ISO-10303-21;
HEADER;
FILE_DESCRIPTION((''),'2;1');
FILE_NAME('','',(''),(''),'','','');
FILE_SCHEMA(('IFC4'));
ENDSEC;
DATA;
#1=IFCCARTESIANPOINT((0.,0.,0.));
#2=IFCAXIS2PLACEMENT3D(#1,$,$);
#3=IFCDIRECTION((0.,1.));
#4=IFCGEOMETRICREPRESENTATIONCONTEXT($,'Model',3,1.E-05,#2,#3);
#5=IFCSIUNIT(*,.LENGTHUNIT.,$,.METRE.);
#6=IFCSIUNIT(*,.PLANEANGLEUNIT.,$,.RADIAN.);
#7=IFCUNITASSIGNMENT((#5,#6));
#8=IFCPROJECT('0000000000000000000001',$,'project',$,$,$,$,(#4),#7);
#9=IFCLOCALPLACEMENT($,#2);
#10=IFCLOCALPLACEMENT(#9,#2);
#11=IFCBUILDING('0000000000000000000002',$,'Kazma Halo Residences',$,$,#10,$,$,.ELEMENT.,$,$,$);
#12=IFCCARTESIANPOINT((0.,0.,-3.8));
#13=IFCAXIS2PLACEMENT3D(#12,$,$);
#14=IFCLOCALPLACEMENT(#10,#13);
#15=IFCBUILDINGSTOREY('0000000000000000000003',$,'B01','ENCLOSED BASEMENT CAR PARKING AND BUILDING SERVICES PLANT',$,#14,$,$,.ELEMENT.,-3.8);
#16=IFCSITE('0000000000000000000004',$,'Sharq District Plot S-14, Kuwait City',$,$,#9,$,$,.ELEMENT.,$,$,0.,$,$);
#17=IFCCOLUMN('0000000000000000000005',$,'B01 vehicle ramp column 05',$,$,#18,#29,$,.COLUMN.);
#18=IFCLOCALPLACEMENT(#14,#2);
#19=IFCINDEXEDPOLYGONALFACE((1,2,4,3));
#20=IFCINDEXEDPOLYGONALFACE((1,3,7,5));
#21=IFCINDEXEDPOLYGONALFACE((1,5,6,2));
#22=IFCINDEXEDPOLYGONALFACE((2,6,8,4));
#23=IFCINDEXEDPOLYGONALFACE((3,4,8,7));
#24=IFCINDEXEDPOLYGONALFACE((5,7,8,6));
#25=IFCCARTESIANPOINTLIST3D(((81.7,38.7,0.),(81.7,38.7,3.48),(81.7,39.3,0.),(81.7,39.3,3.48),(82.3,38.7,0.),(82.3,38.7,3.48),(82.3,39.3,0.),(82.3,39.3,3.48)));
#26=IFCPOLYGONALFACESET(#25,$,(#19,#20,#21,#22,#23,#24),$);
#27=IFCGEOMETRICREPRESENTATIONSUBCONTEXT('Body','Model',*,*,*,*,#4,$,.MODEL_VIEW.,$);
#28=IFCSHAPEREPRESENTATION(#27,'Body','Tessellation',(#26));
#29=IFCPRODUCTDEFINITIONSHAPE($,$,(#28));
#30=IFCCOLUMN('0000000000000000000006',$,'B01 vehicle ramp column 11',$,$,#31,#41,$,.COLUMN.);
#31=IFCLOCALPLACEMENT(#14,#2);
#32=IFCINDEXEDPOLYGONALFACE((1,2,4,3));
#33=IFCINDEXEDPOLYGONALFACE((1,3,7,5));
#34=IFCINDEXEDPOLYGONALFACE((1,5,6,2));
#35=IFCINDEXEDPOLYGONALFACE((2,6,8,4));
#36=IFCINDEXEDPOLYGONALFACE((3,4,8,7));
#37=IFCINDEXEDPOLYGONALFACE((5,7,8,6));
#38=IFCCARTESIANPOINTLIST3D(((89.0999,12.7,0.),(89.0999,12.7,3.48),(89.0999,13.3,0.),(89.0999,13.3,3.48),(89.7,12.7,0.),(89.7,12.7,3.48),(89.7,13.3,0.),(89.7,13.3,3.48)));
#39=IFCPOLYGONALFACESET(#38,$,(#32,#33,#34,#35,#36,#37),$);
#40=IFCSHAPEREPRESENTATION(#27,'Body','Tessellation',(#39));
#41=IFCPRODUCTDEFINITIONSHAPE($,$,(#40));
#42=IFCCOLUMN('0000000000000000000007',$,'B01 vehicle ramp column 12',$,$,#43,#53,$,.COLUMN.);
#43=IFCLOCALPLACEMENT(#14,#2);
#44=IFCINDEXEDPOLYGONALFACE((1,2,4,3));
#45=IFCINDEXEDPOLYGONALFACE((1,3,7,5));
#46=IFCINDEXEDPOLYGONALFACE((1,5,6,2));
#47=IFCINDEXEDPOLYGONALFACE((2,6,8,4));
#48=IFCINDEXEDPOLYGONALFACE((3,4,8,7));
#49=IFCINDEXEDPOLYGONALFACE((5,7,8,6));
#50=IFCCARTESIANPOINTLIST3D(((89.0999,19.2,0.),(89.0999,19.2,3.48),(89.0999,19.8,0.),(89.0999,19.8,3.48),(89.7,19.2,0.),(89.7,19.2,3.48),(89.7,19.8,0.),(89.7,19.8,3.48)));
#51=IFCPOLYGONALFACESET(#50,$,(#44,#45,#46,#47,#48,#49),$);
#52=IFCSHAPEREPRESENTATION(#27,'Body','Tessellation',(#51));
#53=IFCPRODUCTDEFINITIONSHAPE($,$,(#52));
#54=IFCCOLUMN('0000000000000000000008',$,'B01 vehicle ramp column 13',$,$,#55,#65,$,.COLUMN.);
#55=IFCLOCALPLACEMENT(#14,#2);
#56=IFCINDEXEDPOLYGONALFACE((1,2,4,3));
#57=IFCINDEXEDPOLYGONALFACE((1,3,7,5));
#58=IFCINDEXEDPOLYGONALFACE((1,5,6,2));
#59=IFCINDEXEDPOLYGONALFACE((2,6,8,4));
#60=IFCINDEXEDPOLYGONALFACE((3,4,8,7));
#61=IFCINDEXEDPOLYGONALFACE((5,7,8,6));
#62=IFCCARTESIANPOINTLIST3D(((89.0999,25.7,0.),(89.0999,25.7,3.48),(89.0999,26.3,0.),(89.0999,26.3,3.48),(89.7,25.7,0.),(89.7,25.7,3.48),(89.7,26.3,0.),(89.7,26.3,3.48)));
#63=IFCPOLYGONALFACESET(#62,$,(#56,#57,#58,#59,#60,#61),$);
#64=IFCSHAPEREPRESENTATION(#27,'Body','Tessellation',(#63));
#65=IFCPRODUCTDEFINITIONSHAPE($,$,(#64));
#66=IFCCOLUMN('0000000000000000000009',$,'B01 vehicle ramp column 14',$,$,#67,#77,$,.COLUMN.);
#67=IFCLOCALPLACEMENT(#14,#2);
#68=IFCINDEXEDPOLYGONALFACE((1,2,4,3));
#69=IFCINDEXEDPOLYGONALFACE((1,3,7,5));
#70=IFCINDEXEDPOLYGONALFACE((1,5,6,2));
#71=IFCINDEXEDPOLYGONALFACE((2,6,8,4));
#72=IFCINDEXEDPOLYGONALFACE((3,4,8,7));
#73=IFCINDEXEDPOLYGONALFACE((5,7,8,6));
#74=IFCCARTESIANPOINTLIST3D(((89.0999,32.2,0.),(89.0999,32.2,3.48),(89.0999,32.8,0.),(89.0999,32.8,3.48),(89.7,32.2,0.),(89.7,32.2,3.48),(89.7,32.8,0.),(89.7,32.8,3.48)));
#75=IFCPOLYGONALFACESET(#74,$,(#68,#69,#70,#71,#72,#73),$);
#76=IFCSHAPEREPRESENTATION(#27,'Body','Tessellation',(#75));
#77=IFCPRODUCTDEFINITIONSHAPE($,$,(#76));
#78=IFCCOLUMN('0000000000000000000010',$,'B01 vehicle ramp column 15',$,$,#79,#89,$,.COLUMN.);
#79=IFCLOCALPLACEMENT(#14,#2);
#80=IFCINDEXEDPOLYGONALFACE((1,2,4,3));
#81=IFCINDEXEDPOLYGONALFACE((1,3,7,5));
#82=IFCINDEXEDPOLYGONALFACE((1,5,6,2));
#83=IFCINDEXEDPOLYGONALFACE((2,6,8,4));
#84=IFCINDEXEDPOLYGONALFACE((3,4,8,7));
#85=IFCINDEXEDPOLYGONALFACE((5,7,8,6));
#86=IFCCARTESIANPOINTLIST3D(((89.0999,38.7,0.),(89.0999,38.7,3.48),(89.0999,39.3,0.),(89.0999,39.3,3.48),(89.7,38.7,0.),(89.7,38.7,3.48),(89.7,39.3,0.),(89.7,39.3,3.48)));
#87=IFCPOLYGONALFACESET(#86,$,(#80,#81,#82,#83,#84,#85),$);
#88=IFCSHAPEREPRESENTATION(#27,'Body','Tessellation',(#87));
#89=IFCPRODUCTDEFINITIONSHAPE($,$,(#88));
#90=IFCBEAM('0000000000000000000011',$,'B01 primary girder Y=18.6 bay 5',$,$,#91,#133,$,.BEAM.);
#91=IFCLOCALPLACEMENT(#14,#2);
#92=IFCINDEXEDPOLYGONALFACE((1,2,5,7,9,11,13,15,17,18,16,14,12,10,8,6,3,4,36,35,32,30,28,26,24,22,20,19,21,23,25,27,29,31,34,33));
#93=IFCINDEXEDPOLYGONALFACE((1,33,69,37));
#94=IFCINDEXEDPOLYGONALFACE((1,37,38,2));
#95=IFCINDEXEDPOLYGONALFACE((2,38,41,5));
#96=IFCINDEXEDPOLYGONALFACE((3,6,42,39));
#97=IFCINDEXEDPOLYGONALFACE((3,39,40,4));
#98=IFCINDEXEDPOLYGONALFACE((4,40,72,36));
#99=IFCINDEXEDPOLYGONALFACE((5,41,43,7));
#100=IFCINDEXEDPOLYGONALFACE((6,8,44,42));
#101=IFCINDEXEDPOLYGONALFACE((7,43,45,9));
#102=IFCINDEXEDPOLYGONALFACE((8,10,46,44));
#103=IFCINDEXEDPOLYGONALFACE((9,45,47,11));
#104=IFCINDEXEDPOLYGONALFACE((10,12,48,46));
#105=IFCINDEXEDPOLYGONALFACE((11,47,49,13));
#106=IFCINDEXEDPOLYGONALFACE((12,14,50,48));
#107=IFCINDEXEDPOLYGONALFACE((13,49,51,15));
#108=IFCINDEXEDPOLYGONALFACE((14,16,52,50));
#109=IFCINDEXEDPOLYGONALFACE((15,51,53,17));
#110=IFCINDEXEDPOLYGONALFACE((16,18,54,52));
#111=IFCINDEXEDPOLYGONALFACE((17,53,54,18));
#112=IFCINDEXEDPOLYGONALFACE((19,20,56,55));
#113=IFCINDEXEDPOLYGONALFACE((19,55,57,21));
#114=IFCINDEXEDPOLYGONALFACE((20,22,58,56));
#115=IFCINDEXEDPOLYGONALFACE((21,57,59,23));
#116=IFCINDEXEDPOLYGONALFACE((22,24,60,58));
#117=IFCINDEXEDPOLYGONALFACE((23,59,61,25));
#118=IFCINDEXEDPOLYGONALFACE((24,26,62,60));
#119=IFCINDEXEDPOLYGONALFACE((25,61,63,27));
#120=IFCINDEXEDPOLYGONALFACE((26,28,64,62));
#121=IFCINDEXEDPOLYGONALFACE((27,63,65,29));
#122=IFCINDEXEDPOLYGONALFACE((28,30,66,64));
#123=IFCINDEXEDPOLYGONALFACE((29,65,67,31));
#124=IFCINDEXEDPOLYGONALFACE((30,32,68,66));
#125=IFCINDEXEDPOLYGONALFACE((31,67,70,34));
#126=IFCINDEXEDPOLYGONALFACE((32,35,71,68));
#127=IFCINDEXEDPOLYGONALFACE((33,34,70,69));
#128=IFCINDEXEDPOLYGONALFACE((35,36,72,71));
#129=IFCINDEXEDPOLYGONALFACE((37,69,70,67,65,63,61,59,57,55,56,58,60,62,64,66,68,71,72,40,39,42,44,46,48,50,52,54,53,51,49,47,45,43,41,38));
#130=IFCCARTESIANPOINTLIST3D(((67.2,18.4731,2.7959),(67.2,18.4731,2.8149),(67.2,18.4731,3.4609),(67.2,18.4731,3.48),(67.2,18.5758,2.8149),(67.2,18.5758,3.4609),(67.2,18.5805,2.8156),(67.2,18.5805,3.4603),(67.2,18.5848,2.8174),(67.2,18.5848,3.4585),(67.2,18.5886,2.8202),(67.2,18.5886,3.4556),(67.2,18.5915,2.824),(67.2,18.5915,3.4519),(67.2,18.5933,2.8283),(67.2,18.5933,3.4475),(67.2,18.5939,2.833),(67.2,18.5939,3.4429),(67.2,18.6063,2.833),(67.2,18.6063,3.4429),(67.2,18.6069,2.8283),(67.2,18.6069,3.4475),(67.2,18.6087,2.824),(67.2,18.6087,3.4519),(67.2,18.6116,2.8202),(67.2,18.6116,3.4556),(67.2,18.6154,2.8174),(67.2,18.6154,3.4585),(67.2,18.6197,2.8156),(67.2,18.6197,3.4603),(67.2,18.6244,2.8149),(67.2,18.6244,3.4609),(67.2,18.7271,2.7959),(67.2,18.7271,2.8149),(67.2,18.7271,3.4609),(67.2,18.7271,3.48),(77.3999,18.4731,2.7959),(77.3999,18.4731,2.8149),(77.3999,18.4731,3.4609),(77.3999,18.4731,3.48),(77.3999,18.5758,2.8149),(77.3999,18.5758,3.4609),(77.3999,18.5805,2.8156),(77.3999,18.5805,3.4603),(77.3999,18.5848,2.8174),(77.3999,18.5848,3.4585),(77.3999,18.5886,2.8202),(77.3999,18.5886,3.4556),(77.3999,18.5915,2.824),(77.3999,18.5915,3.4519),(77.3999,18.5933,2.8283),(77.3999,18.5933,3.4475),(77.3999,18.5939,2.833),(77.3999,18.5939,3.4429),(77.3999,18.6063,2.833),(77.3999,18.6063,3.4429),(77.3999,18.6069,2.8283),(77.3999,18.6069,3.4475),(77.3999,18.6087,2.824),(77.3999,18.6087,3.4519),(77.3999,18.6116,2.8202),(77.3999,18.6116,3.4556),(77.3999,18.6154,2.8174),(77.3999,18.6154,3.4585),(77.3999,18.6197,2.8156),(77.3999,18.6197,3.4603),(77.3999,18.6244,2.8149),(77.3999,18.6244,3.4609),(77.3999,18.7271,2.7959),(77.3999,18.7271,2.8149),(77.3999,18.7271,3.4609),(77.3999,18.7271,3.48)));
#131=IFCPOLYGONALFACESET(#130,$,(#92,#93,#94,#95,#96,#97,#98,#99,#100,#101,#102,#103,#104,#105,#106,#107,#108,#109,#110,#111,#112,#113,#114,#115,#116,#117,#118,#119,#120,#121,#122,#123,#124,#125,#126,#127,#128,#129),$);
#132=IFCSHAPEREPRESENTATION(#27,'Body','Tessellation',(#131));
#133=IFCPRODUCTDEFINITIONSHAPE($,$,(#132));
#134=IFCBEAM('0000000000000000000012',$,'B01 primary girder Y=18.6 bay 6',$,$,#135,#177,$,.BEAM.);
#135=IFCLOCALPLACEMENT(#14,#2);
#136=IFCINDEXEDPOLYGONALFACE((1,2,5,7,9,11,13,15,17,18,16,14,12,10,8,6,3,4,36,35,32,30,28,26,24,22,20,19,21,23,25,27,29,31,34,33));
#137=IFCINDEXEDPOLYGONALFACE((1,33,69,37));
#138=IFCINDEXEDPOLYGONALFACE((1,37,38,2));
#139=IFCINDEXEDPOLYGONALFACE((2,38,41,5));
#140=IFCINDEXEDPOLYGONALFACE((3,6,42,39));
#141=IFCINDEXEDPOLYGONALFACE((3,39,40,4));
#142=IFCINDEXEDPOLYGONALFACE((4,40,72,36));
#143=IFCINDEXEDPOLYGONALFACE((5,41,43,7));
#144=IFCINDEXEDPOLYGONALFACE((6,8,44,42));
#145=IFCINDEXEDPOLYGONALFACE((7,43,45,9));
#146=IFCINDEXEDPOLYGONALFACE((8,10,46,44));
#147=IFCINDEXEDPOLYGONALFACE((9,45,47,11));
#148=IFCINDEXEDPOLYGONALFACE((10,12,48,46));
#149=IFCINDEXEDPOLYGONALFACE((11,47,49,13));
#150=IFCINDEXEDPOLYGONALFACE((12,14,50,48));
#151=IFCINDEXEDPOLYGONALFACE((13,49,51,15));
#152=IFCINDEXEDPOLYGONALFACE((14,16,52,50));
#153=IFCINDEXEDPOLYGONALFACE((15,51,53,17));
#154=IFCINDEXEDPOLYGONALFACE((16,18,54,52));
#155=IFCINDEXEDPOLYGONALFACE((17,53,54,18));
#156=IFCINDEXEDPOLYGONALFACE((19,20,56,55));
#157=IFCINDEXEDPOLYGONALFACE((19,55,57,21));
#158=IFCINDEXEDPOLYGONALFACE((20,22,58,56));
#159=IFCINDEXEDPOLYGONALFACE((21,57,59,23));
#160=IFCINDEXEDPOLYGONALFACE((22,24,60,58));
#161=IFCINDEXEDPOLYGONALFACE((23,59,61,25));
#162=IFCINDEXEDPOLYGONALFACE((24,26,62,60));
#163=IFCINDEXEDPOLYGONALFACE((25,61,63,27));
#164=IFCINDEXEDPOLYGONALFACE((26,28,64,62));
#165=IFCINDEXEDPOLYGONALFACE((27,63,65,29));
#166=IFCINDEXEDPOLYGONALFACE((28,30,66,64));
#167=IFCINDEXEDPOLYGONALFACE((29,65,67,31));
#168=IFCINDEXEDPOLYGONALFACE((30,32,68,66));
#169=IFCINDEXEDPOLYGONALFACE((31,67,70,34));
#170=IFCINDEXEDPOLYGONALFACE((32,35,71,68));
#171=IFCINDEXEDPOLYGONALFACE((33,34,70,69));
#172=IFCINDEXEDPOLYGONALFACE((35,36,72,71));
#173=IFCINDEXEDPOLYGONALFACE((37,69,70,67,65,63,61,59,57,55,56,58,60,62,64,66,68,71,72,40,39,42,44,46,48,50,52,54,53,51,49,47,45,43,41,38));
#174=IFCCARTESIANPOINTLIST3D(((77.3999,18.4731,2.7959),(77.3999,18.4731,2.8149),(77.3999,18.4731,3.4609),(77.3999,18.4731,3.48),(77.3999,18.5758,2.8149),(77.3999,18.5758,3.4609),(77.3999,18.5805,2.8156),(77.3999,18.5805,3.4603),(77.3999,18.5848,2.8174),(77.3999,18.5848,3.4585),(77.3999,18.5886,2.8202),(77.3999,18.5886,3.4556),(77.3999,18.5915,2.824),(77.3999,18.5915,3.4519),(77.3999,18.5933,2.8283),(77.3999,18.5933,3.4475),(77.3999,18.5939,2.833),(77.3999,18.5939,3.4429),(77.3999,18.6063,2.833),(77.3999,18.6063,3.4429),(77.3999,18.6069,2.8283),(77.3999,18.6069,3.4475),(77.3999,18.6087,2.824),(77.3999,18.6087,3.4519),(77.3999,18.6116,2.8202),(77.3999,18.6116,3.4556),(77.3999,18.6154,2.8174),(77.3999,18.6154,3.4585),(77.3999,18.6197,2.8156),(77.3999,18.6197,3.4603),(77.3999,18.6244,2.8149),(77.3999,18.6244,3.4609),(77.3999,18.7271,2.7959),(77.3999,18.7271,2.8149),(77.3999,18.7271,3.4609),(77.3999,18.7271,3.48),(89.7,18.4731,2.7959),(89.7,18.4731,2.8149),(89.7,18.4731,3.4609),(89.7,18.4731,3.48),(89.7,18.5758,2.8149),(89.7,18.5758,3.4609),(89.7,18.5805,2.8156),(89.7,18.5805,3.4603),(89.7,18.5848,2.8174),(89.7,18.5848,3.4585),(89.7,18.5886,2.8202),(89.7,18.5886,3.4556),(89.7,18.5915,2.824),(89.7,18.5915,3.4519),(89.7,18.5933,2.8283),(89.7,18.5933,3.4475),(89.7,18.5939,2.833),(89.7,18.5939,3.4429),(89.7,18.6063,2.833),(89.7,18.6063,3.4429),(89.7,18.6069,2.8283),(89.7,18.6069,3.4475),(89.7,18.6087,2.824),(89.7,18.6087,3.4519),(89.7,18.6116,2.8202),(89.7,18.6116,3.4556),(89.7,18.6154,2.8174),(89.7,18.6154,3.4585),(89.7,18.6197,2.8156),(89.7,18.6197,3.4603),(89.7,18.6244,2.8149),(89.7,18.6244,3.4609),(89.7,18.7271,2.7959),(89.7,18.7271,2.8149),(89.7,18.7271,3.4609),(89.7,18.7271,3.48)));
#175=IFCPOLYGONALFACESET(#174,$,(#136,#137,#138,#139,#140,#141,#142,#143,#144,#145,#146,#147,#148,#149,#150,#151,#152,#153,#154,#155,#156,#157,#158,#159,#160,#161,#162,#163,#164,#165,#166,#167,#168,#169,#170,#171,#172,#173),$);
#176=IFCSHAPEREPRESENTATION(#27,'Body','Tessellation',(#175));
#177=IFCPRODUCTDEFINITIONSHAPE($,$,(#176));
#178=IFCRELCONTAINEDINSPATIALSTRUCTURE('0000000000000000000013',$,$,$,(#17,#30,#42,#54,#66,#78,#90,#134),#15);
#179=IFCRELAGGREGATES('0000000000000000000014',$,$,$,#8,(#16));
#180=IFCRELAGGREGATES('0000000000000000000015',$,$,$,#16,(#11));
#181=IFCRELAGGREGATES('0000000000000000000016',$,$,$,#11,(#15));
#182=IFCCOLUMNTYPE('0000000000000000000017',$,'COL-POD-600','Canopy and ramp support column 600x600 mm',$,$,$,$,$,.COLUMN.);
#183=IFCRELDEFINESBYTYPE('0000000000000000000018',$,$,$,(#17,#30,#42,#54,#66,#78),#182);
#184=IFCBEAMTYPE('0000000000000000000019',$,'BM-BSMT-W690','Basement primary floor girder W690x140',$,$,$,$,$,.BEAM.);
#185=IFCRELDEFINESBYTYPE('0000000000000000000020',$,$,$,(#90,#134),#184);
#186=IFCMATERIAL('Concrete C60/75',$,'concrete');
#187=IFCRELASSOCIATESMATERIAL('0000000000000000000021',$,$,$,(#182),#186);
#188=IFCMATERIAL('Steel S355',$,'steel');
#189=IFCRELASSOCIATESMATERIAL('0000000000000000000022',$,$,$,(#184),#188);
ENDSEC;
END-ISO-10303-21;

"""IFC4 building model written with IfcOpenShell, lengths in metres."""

from ifc_helpers import new_model, si_unit, direction, frame, origin, origin_2d, place, context, subcontext, project, spatial, rectangle, i_section, extrude, material, material_profile, profile_set, type_object, element, save


model = new_model("IFC4")

# Units and contexts
model_context = context("Model", 3, precision=1e-05, world=origin(), true_north=direction((0.0, 1.0)))
body_context = subcontext(model_context, "Body", "Model", "MODEL_VIEW")
ifc_project = project(units=[si_unit("LENGTHUNIT", "METRE"), si_unit("PLANEANGLEUNIT", "RADIAN")], contexts=[model_context])

# Site, building, storey
site_placement = place(None, origin())
site = spatial("IfcSite", under=ifc_project, at=site_placement, Name="Sharq District Plot S-14, Kuwait City", CompositionType="ELEMENT", RefElevation=0.0)
building_placement = place(site_placement, origin())
building = spatial("IfcBuilding", under=site, at=building_placement, Name="Kazma Halo Residences", CompositionType="ELEMENT")
storey_placement = place(building_placement, frame((0.0, 0.0, -3.8)))
storey = spatial("IfcBuildingStorey", under=building, at=storey_placement, Name="B01", Description="ENCLOSED BASEMENT CAR PARKING AND BUILDING SERVICES PLANT", CompositionType="ELEMENT", Elevation=-3.8)

# Columns
ifc_material_1 = material(Name="Concrete C60/75", Category="concrete")
ifc_material_profile_1 = material_profile(ifc_material_1, rectangle(XDim=0.6001, YDim=0.6001, at=origin_2d()), Name="RECT600x600")
ifc_profile_set_1 = profile_set([ifc_material_profile_1], Name="Concrete C60/75")
column_type_1 = type_object("IfcColumnType", Name="COL-POD-600", Description="Canopy and ramp support column 600x600 mm", PredefinedType="COLUMN", material=ifc_profile_set_1)
for number, where, z_axis, x_axis, name in (
    (1, (82.0, 39.0, 0.0), (0.0, 0.0, 1.0), (1.0, 0.0, 0.0), "B01 vehicle ramp column 05"),
    (2, (89.3999, 13.0, 0.0), (0.0, 0.0, 1.0), (1.0, 0.0, 0.0), "B01 vehicle ramp column 11"),
    (3, (89.3999, 19.5, 0.0), (0.0, 0.0, 1.0), (1.0, 0.0, 0.0), "B01 vehicle ramp column 12"),
    (4, (89.3999, 26.0, 0.0), (0.0, 0.0, 1.0), (1.0, 0.0, 0.0), "B01 vehicle ramp column 13"),
    (5, (89.3999, 32.5, 0.0), (0.0, 0.0, 1.0), (1.0, 0.0, 0.0), "B01 vehicle ramp column 14"),
    (6, (89.3999, 39.0, 0.0), (0.0, 0.0, 1.0), (1.0, 0.0, 0.0), "B01 vehicle ramp column 15"),
):
    element("IfcColumn", number, at=place(storey_placement, frame(where, z_axis=z_axis, x_axis=x_axis)), inside=storey, type_object=column_type_1, Name=name, PredefinedType="COLUMN", context=body_context, shape_type="SweptSolid", body=[
        extrude(rectangle(XDim=0.6001, YDim=0.6001, at=origin_2d()), origin(), (0.0, 0.0, 1.0), 3.48),
    ])

# Beams
ifc_material_2 = material(Name="Steel S355", Category="steel")
ifc_material_profile_2 = material_profile(ifc_material_2, i_section(OverallWidth=0.2539, OverallDepth=0.6841, WebThickness=0.0125, FlangeThickness=0.019, FilletRadius=0.0181, at=origin_2d()), Name="W690x140")
ifc_profile_set_2 = profile_set([ifc_material_profile_2], Name="Steel S355")
beam_type_1 = type_object("IfcBeamType", Name="BM-BSMT-W690", Description="Basement primary floor girder W690x140", PredefinedType="BEAM", material=ifc_profile_set_2)
beam_1_placement = place(storey_placement, frame((67.2, 18.6001, 3.1379), z_axis=(1.0, 0.0, 0.0), x_axis=(0.0, 1.0, 0.0)))
element("IfcBeam", 7, at=beam_1_placement, inside=storey, type_object=beam_type_1, Name="B01 primary girder Y=18.6 bay 5", PredefinedType="BEAM", context=body_context, shape_type="SweptSolid", body=[
    extrude(i_section(OverallWidth=0.2539, OverallDepth=0.6841, WebThickness=0.0125, FlangeThickness=0.019, FilletRadius=0.0181, at=origin_2d()), origin(), (0.0, 0.0, 1.0), 10.2),
])
beam_2_placement = place(storey_placement, frame((77.3999, 18.6001, 3.1379), z_axis=(1.0, 0.0, 0.0), x_axis=(0.0, 1.0, 0.0)))
element("IfcBeam", 8, at=beam_2_placement, inside=storey, type_object=beam_type_1, Name="B01 primary girder Y=18.6 bay 6", PredefinedType="BEAM", context=body_context, shape_type="SweptSolid", body=[
    extrude(i_section(OverallWidth=0.2539, OverallDepth=0.6841, WebThickness=0.0125, FlangeThickness=0.019, FilletRadius=0.0181, at=origin_2d()), origin(), (0.0, 0.0, 1.0), 12.3),
])

save(model, "model.ifc")
